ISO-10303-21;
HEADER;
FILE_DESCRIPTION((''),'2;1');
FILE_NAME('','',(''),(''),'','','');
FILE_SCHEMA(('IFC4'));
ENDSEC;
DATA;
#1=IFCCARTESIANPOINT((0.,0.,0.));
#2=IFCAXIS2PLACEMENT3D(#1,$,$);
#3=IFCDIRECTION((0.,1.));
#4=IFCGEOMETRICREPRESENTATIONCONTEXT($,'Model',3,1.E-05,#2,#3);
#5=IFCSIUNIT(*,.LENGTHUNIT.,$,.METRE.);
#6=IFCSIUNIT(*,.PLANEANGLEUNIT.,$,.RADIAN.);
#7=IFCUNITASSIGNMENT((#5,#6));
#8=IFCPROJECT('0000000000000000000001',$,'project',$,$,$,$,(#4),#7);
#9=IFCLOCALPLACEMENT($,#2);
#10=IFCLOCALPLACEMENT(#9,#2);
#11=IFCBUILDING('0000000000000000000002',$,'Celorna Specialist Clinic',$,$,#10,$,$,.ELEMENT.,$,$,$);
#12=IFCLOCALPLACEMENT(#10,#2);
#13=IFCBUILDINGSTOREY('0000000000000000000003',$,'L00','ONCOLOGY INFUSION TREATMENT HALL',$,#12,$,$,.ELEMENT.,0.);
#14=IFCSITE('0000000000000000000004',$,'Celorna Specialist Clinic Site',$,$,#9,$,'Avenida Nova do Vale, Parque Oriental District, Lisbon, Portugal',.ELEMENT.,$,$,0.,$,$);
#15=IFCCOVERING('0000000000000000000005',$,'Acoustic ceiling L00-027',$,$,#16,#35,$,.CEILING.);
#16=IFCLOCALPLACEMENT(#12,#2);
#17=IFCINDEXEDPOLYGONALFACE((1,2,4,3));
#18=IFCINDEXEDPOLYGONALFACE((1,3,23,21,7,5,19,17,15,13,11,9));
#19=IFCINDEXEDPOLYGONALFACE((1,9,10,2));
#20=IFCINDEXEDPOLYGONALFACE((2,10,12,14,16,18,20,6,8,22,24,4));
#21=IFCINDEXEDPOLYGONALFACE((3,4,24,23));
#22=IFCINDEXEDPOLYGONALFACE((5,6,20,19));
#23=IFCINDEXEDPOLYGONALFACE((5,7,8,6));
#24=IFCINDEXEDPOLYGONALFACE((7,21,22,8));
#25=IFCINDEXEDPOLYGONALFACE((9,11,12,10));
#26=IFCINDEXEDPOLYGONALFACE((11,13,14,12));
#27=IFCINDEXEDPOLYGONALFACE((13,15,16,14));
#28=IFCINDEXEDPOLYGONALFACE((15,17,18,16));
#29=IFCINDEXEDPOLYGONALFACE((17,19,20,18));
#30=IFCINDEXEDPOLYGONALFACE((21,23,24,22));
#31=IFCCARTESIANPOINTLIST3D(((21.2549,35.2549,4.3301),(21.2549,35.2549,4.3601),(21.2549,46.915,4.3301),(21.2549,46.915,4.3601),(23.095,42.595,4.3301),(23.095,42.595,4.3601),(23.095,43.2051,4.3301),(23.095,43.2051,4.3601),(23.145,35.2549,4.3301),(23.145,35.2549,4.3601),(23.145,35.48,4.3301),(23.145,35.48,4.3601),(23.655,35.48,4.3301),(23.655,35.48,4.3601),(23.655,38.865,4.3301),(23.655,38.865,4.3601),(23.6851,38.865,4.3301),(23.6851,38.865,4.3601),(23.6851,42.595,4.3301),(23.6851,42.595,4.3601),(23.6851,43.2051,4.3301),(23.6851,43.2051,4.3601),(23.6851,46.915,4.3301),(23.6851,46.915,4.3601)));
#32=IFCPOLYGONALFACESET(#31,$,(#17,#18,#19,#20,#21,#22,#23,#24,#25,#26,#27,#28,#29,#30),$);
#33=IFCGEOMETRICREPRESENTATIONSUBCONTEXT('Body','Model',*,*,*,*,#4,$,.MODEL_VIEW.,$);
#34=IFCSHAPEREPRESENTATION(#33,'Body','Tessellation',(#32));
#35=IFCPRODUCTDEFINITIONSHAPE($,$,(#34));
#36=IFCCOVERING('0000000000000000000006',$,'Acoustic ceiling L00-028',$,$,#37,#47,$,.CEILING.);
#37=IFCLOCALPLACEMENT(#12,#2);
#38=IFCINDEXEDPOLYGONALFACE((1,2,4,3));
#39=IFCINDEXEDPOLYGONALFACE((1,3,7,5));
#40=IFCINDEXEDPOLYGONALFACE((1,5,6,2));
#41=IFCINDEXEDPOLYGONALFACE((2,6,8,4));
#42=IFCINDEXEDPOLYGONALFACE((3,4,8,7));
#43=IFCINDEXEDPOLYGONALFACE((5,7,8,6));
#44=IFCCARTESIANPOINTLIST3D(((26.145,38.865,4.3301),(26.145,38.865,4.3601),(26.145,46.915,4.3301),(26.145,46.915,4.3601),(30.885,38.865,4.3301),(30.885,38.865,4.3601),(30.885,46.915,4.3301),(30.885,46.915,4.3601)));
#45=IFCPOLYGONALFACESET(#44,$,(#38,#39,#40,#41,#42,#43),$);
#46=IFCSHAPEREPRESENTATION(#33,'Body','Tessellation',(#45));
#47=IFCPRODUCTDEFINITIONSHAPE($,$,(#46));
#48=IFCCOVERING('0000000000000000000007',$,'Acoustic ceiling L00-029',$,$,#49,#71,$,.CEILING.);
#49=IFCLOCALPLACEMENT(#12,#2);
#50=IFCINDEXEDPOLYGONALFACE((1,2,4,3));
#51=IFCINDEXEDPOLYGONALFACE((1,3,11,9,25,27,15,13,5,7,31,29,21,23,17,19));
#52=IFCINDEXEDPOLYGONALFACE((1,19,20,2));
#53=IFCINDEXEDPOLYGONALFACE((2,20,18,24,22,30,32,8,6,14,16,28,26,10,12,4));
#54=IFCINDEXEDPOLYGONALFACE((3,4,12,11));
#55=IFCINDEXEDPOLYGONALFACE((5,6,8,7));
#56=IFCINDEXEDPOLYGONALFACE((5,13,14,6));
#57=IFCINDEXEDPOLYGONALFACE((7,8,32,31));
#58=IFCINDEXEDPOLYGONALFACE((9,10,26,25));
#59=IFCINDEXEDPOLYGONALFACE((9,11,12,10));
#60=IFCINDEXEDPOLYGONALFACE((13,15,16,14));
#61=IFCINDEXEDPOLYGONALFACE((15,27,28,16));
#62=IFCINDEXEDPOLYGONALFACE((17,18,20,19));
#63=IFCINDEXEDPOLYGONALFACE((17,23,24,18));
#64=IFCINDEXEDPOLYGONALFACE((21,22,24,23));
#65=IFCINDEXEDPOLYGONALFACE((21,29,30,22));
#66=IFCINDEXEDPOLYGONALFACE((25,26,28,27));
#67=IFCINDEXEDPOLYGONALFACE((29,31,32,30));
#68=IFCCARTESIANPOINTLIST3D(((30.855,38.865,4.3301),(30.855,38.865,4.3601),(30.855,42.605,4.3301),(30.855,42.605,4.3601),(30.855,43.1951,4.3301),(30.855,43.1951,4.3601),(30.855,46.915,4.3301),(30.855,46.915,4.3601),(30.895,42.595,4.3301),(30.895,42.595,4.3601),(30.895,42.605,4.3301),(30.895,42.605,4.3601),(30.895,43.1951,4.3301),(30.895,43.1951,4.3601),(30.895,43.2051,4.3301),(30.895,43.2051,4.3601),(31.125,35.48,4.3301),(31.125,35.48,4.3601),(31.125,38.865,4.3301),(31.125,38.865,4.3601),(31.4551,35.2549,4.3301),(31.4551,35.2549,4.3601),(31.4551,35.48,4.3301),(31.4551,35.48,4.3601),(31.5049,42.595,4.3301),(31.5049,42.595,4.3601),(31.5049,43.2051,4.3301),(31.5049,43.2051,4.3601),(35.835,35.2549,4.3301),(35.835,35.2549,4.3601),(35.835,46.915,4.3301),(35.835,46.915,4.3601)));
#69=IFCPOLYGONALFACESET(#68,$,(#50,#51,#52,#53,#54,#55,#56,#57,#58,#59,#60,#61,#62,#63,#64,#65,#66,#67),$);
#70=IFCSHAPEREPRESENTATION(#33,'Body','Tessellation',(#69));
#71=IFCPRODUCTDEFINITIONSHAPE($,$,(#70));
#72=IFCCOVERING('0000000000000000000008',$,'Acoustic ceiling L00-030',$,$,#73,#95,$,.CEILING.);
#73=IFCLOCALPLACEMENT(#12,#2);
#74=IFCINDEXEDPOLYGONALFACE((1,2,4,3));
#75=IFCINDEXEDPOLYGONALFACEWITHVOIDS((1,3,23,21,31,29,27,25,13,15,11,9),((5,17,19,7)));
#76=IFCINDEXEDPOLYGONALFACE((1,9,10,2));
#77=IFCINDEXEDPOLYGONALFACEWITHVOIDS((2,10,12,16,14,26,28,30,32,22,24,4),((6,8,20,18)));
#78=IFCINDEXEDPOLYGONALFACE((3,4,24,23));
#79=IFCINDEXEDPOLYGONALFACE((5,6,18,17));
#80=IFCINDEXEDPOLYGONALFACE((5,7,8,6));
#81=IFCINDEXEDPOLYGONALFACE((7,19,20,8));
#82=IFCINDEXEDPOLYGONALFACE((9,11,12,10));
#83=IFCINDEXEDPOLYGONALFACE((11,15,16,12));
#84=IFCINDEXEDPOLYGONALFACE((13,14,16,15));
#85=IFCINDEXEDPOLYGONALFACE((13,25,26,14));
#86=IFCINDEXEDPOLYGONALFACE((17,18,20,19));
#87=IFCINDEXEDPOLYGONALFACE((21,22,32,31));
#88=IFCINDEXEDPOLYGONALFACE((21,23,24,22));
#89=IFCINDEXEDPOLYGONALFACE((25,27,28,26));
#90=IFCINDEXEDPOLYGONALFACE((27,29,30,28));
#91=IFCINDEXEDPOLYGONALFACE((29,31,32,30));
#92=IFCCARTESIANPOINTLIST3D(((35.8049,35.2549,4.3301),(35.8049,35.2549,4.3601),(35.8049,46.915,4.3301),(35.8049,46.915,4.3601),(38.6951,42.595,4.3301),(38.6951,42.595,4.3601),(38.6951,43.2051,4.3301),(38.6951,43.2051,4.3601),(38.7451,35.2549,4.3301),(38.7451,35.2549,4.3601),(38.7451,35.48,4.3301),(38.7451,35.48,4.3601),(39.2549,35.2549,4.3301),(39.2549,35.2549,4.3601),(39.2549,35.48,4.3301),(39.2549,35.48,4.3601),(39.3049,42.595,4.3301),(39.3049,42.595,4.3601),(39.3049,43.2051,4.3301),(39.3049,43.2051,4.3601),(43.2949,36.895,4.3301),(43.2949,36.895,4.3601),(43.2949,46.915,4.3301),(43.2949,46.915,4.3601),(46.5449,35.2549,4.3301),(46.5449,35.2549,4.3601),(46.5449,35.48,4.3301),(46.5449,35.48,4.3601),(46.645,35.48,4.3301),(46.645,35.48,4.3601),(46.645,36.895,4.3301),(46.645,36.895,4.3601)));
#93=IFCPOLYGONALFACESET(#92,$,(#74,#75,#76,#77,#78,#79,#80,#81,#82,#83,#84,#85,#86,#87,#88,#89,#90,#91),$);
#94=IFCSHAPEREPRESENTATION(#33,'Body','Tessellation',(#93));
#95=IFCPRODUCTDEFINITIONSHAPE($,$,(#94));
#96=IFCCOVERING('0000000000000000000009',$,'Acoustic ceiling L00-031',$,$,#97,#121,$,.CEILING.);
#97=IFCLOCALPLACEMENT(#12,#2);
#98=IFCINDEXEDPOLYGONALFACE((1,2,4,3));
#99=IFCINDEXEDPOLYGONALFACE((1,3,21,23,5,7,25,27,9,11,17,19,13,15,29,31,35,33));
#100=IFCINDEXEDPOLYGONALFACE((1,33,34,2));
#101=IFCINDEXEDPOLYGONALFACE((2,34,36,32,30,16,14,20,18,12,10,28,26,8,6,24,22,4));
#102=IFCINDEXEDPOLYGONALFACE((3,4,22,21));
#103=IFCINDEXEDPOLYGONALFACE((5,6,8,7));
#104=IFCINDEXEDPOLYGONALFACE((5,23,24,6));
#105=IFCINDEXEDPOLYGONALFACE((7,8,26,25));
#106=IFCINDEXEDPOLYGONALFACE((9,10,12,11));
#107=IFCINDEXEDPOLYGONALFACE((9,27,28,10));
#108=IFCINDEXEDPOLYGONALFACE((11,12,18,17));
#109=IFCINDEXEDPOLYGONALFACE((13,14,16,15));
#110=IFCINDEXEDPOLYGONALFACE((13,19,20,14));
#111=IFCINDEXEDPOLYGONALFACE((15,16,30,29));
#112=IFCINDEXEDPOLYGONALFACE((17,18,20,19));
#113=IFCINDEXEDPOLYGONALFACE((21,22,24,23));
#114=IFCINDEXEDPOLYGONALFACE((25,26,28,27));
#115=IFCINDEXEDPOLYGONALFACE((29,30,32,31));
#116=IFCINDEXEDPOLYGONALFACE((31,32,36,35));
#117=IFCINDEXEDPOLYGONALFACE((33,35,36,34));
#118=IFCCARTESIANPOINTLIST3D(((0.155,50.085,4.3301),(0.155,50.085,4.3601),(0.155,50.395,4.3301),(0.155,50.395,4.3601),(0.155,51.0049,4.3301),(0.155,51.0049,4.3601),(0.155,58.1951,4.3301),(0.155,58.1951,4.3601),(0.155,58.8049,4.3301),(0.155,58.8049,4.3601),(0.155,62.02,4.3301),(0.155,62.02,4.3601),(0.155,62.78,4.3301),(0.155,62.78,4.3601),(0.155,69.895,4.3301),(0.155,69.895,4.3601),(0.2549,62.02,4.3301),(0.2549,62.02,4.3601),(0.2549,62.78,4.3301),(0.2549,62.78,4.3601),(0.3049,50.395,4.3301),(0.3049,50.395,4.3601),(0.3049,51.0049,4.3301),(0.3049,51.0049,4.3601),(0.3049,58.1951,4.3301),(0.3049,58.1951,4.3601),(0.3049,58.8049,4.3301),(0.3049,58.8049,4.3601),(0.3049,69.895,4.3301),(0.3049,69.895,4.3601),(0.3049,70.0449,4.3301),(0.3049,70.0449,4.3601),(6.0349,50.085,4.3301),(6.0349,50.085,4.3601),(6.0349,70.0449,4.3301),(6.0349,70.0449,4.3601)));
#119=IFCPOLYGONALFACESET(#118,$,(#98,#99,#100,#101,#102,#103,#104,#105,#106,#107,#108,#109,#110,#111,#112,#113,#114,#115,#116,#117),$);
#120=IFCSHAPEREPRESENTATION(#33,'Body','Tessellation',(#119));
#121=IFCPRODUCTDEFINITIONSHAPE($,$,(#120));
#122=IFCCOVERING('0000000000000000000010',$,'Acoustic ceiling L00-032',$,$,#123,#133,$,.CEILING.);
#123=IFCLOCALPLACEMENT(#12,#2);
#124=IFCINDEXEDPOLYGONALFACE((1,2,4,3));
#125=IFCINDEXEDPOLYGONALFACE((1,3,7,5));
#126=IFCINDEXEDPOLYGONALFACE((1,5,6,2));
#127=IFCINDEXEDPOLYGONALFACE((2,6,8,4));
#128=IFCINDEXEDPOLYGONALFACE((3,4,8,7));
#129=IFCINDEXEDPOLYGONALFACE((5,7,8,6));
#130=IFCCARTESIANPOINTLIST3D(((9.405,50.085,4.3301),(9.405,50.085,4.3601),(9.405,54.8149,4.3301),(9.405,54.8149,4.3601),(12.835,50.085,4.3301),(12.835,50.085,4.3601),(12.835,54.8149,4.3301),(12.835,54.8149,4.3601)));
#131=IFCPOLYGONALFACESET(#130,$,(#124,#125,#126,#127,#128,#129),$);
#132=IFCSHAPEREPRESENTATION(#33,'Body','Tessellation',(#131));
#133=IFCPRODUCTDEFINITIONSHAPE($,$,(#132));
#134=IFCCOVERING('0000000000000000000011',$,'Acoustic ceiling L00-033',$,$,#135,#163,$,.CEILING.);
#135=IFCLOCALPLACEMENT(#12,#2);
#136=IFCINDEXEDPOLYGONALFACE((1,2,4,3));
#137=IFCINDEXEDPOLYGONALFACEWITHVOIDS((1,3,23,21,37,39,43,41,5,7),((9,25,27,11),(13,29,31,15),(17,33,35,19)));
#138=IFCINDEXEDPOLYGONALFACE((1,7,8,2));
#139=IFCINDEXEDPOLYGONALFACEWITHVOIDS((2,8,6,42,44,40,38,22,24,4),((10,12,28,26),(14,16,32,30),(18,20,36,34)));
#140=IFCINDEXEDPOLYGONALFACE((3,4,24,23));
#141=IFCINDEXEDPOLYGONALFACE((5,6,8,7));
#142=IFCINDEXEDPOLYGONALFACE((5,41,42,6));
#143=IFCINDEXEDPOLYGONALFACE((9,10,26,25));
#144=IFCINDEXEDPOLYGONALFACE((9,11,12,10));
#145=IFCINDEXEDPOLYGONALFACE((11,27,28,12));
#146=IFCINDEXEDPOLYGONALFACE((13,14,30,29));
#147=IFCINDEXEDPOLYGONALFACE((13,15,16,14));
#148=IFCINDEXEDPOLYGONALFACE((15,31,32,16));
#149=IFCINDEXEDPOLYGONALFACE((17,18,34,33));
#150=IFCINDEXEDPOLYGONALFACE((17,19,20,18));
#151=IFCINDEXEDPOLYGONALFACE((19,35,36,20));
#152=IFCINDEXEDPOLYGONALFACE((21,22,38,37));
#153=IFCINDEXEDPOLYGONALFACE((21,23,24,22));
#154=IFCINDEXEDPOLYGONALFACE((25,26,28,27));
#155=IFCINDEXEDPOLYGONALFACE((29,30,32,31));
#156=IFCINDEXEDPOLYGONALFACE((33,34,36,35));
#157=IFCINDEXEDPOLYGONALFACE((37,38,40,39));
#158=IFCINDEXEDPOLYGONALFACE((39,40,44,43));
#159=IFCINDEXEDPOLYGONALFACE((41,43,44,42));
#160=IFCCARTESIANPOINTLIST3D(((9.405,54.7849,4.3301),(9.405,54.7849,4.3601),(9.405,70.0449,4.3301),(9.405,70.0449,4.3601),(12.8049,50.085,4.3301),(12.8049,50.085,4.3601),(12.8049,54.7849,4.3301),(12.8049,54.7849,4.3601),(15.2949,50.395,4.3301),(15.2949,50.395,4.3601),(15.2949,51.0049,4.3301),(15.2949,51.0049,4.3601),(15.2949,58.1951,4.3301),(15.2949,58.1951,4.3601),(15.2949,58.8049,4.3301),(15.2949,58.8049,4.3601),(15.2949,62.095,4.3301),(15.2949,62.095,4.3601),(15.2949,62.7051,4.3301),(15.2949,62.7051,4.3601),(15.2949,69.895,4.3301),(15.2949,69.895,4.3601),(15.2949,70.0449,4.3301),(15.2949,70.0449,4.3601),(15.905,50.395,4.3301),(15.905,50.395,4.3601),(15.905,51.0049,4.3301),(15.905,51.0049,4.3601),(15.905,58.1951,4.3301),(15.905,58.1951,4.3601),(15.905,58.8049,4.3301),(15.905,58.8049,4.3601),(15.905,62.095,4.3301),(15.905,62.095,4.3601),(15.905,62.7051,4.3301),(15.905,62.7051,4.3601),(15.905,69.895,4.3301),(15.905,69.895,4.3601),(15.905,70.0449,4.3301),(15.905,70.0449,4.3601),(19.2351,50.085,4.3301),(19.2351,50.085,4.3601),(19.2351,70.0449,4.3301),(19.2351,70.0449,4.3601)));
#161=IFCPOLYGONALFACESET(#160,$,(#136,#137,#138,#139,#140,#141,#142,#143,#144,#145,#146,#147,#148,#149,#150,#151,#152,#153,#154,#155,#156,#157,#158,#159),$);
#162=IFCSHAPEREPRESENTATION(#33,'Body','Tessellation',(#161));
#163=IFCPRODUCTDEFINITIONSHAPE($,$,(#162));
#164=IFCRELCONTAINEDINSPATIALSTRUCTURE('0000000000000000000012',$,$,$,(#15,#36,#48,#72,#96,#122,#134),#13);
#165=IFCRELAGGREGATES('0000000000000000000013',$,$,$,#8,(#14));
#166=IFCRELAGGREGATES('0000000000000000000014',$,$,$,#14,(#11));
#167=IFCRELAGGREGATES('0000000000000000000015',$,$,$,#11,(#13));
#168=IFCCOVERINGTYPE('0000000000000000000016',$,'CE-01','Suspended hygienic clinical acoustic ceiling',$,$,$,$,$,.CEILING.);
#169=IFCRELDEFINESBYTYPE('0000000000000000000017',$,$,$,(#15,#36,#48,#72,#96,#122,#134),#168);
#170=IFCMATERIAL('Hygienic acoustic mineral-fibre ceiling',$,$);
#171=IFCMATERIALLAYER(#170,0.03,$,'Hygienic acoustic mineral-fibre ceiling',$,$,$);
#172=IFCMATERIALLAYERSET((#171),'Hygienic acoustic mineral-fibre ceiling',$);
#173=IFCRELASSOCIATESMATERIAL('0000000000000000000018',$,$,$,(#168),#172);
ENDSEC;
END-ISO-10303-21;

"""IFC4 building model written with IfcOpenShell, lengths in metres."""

from ifc_helpers import new_model, si_unit, direction, frame, origin, place, context, subcontext, project, spatial, polyline, outline, extrude, material, layer, layer_set, type_object, element, save


model = new_model("IFC4")

# Units and contexts
model_context = context("Model", 3, precision=1e-05, world=origin(), true_north=direction((0.0, 1.0)))
body_context = subcontext(model_context, "Body", "Model", "MODEL_VIEW")
ifc_project = project(units=[si_unit("LENGTHUNIT", "METRE"), si_unit("PLANEANGLEUNIT", "RADIAN")], contexts=[model_context])

# Site, building, storey
site_placement = place(None, origin())
site = spatial("IfcSite", under=ifc_project, at=site_placement, Name="Celorna Specialist Clinic Site", LongName="Avenida Nova do Vale, Parque Oriental District, Lisbon, Portugal", CompositionType="ELEMENT", RefElevation=0.0)
building_placement = place(site_placement, origin())
building = spatial("IfcBuilding", under=site, at=building_placement, Name="Celorna Specialist Clinic", CompositionType="ELEMENT")
storey_placement = place(building_placement, origin())
storey = spatial("IfcBuildingStorey", under=building, at=storey_placement, Name="L00", Description="ONCOLOGY INFUSION TREATMENT HALL", CompositionType="ELEMENT", Elevation=0.0)

# Coverings
ifc_material_1 = material(Name="Hygienic acoustic mineral-fibre ceiling")
ifc_layer_1 = layer(ifc_material_1, 0.03, Name="Hygienic acoustic mineral-fibre ceiling")
ifc_layer_set_1 = layer_set([ifc_layer_1], Name="Hygienic acoustic mineral-fibre ceiling")
covering_type = type_object("IfcCoveringType", Name="CE-01", Description="Suspended hygienic clinical acoustic ceiling", PredefinedType="CEILING", material=ifc_layer_set_1)
covering_1_placement = place(storey_placement, frame((0.0, 0.0, 4.3301)))
element("IfcCovering", 1, at=covering_1_placement, inside=storey, type_object=covering_type, Name="Acoustic ceiling L00-027", PredefinedType="CEILING", context=body_context, shape_type="SweptSolid", body=[
    extrude(outline(polyline([(21.2549, 46.915), (23.6851, 46.915), (23.6851, 43.2051), (23.095, 43.2051), (23.095, 42.595), (23.6851, 42.595), (23.6851, 38.865), (23.655, 38.865), (23.655, 35.47), (23.655, 35.47), (23.655, 35.48), (23.145, 35.48), (23.145, 35.2549), (21.2549, 35.2549), (21.2549, 46.915)])), origin(), (0.0, 0.0, 1.0), 0.03),
])
covering_2_placement = place(storey_placement, frame((0.0, 0.0, 4.3301)))
element("IfcCovering", 2, at=covering_2_placement, inside=storey, type_object=covering_type, Name="Acoustic ceiling L00-028", PredefinedType="CEILING", context=body_context, shape_type="SweptSolid", body=[
    extrude(outline(polyline([(26.145, 38.865), (26.145, 46.915), (30.885, 46.915), (30.885, 38.865), (26.145, 38.865)])), origin(), (0.0, 0.0, 1.0), 0.03),
])
covering_3_placement = place(storey_placement, frame((0.0, 0.0, 4.3301)))
element("IfcCovering", 3, at=covering_3_placement, inside=storey, type_object=covering_type, Name="Acoustic ceiling L00-029", PredefinedType="CEILING", context=body_context, shape_type="SweptSolid", body=[
    extrude(outline(polyline([(30.895, 42.605), (30.895, 42.595), (31.5049, 42.595), (31.5049, 43.2051), (30.895, 43.2051), (30.895, 43.1951), (30.855, 43.1951), (30.855, 46.915), (35.835, 46.915), (35.835, 35.2549), (31.4551, 35.2549), (31.4551, 35.48), (31.125, 35.48), (31.125, 38.865), (30.855, 38.865), (30.855, 42.605), (30.895, 42.605)])), origin(), (0.0, 0.0, 1.0), 0.03),
])
covering_4_placement = place(storey_placement, frame((0.0, 0.0, 4.3301)))
element("IfcCovering", 4, at=covering_4_placement, inside=storey, type_object=covering_type, Name="Acoustic ceiling L00-030", PredefinedType="CEILING", context=body_context, shape_type="SweptSolid", body=[
    extrude(outline(polyline([(35.8049, 35.2549), (35.8049, 46.915), (43.2949, 46.915), (43.2949, 36.895), (46.645, 36.895), (46.645, 35.48), (46.5449, 35.48), (46.5449, 35.2549), (39.2549, 35.2549), (39.2549, 35.48), (38.7451, 35.48), (38.7451, 35.2549), (35.8049, 35.2549)]), holes=[polyline([(39.3049, 42.595), (39.3049, 43.2051), (38.6951, 43.2051), (38.6951, 42.595), (39.3049, 42.595)])]), origin(), (0.0, 0.0, 1.0), 0.03),
])
covering_5_placement = place(storey_placement, frame((0.0, 0.0, 4.3301)))
element("IfcCovering", 5, at=covering_5_placement, inside=storey, type_object=covering_type, Name="Acoustic ceiling L00-031", PredefinedType="CEILING", context=body_context, shape_type="SweptSolid", body=[
    extrude(outline(polyline([(0.155, 58.1951), (0.3049, 58.1951), (0.3049, 58.8049), (0.155, 58.8049), (0.155, 62.02), (0.2549, 62.02), (0.2549, 62.78), (0.155, 62.78), (0.155, 69.895), (0.3049, 69.895), (0.3049, 70.0449), (6.0349, 70.0449), (6.0349, 50.085), (0.155, 50.085), (0.155, 50.395), (0.3049, 50.395), (0.3049, 51.0049), (0.155, 51.0049), (0.155, 58.1951)])), origin(), (0.0, 0.0, 1.0), 0.03),
])
covering_6_placement = place(storey_placement, frame((0.0, 0.0, 4.3301)))
element("IfcCovering", 6, at=covering_6_placement, inside=storey, type_object=covering_type, Name="Acoustic ceiling L00-032", PredefinedType="CEILING", context=body_context, shape_type="SweptSolid", body=[
    extrude(outline(polyline([(12.835, 54.8149), (12.835, 50.085), (9.405, 50.085), (9.405, 54.8149), (12.835, 54.8149)])), origin(), (0.0, 0.0, 1.0), 0.03),
])
covering_7_placement = place(storey_placement, frame((0.0, 0.0, 4.3301)))
element("IfcCovering", 7, at=covering_7_placement, inside=storey, type_object=covering_type, Name="Acoustic ceiling L00-033", PredefinedType="CEILING", context=body_context, shape_type="SweptSolid", body=[
    extrude(outline(polyline([(12.8049, 54.7849), (9.405, 54.7849), (9.405, 70.0449), (15.2949, 70.0449), (15.2949, 69.895), (15.905, 69.895), (15.905, 70.0449), (19.2351, 70.0449), (19.2351, 50.085), (12.8049, 50.085), (12.8049, 54.7849)]), holes=[polyline([(15.905, 51.0049), (15.2949, 51.0049), (15.2949, 50.395), (15.905, 50.395), (15.905, 51.0049)]), polyline([(15.905, 58.1951), (15.905, 58.8049), (15.2949, 58.8049), (15.2949, 58.1951), (15.905, 58.1951)]), polyline([(15.905, 62.7051), (15.2949, 62.7051), (15.2949, 62.095), (15.905, 62.095), (15.905, 62.7051)])]), origin(), (0.0, 0.0, 1.0), 0.03),
])

save(model, "model.ifc")
